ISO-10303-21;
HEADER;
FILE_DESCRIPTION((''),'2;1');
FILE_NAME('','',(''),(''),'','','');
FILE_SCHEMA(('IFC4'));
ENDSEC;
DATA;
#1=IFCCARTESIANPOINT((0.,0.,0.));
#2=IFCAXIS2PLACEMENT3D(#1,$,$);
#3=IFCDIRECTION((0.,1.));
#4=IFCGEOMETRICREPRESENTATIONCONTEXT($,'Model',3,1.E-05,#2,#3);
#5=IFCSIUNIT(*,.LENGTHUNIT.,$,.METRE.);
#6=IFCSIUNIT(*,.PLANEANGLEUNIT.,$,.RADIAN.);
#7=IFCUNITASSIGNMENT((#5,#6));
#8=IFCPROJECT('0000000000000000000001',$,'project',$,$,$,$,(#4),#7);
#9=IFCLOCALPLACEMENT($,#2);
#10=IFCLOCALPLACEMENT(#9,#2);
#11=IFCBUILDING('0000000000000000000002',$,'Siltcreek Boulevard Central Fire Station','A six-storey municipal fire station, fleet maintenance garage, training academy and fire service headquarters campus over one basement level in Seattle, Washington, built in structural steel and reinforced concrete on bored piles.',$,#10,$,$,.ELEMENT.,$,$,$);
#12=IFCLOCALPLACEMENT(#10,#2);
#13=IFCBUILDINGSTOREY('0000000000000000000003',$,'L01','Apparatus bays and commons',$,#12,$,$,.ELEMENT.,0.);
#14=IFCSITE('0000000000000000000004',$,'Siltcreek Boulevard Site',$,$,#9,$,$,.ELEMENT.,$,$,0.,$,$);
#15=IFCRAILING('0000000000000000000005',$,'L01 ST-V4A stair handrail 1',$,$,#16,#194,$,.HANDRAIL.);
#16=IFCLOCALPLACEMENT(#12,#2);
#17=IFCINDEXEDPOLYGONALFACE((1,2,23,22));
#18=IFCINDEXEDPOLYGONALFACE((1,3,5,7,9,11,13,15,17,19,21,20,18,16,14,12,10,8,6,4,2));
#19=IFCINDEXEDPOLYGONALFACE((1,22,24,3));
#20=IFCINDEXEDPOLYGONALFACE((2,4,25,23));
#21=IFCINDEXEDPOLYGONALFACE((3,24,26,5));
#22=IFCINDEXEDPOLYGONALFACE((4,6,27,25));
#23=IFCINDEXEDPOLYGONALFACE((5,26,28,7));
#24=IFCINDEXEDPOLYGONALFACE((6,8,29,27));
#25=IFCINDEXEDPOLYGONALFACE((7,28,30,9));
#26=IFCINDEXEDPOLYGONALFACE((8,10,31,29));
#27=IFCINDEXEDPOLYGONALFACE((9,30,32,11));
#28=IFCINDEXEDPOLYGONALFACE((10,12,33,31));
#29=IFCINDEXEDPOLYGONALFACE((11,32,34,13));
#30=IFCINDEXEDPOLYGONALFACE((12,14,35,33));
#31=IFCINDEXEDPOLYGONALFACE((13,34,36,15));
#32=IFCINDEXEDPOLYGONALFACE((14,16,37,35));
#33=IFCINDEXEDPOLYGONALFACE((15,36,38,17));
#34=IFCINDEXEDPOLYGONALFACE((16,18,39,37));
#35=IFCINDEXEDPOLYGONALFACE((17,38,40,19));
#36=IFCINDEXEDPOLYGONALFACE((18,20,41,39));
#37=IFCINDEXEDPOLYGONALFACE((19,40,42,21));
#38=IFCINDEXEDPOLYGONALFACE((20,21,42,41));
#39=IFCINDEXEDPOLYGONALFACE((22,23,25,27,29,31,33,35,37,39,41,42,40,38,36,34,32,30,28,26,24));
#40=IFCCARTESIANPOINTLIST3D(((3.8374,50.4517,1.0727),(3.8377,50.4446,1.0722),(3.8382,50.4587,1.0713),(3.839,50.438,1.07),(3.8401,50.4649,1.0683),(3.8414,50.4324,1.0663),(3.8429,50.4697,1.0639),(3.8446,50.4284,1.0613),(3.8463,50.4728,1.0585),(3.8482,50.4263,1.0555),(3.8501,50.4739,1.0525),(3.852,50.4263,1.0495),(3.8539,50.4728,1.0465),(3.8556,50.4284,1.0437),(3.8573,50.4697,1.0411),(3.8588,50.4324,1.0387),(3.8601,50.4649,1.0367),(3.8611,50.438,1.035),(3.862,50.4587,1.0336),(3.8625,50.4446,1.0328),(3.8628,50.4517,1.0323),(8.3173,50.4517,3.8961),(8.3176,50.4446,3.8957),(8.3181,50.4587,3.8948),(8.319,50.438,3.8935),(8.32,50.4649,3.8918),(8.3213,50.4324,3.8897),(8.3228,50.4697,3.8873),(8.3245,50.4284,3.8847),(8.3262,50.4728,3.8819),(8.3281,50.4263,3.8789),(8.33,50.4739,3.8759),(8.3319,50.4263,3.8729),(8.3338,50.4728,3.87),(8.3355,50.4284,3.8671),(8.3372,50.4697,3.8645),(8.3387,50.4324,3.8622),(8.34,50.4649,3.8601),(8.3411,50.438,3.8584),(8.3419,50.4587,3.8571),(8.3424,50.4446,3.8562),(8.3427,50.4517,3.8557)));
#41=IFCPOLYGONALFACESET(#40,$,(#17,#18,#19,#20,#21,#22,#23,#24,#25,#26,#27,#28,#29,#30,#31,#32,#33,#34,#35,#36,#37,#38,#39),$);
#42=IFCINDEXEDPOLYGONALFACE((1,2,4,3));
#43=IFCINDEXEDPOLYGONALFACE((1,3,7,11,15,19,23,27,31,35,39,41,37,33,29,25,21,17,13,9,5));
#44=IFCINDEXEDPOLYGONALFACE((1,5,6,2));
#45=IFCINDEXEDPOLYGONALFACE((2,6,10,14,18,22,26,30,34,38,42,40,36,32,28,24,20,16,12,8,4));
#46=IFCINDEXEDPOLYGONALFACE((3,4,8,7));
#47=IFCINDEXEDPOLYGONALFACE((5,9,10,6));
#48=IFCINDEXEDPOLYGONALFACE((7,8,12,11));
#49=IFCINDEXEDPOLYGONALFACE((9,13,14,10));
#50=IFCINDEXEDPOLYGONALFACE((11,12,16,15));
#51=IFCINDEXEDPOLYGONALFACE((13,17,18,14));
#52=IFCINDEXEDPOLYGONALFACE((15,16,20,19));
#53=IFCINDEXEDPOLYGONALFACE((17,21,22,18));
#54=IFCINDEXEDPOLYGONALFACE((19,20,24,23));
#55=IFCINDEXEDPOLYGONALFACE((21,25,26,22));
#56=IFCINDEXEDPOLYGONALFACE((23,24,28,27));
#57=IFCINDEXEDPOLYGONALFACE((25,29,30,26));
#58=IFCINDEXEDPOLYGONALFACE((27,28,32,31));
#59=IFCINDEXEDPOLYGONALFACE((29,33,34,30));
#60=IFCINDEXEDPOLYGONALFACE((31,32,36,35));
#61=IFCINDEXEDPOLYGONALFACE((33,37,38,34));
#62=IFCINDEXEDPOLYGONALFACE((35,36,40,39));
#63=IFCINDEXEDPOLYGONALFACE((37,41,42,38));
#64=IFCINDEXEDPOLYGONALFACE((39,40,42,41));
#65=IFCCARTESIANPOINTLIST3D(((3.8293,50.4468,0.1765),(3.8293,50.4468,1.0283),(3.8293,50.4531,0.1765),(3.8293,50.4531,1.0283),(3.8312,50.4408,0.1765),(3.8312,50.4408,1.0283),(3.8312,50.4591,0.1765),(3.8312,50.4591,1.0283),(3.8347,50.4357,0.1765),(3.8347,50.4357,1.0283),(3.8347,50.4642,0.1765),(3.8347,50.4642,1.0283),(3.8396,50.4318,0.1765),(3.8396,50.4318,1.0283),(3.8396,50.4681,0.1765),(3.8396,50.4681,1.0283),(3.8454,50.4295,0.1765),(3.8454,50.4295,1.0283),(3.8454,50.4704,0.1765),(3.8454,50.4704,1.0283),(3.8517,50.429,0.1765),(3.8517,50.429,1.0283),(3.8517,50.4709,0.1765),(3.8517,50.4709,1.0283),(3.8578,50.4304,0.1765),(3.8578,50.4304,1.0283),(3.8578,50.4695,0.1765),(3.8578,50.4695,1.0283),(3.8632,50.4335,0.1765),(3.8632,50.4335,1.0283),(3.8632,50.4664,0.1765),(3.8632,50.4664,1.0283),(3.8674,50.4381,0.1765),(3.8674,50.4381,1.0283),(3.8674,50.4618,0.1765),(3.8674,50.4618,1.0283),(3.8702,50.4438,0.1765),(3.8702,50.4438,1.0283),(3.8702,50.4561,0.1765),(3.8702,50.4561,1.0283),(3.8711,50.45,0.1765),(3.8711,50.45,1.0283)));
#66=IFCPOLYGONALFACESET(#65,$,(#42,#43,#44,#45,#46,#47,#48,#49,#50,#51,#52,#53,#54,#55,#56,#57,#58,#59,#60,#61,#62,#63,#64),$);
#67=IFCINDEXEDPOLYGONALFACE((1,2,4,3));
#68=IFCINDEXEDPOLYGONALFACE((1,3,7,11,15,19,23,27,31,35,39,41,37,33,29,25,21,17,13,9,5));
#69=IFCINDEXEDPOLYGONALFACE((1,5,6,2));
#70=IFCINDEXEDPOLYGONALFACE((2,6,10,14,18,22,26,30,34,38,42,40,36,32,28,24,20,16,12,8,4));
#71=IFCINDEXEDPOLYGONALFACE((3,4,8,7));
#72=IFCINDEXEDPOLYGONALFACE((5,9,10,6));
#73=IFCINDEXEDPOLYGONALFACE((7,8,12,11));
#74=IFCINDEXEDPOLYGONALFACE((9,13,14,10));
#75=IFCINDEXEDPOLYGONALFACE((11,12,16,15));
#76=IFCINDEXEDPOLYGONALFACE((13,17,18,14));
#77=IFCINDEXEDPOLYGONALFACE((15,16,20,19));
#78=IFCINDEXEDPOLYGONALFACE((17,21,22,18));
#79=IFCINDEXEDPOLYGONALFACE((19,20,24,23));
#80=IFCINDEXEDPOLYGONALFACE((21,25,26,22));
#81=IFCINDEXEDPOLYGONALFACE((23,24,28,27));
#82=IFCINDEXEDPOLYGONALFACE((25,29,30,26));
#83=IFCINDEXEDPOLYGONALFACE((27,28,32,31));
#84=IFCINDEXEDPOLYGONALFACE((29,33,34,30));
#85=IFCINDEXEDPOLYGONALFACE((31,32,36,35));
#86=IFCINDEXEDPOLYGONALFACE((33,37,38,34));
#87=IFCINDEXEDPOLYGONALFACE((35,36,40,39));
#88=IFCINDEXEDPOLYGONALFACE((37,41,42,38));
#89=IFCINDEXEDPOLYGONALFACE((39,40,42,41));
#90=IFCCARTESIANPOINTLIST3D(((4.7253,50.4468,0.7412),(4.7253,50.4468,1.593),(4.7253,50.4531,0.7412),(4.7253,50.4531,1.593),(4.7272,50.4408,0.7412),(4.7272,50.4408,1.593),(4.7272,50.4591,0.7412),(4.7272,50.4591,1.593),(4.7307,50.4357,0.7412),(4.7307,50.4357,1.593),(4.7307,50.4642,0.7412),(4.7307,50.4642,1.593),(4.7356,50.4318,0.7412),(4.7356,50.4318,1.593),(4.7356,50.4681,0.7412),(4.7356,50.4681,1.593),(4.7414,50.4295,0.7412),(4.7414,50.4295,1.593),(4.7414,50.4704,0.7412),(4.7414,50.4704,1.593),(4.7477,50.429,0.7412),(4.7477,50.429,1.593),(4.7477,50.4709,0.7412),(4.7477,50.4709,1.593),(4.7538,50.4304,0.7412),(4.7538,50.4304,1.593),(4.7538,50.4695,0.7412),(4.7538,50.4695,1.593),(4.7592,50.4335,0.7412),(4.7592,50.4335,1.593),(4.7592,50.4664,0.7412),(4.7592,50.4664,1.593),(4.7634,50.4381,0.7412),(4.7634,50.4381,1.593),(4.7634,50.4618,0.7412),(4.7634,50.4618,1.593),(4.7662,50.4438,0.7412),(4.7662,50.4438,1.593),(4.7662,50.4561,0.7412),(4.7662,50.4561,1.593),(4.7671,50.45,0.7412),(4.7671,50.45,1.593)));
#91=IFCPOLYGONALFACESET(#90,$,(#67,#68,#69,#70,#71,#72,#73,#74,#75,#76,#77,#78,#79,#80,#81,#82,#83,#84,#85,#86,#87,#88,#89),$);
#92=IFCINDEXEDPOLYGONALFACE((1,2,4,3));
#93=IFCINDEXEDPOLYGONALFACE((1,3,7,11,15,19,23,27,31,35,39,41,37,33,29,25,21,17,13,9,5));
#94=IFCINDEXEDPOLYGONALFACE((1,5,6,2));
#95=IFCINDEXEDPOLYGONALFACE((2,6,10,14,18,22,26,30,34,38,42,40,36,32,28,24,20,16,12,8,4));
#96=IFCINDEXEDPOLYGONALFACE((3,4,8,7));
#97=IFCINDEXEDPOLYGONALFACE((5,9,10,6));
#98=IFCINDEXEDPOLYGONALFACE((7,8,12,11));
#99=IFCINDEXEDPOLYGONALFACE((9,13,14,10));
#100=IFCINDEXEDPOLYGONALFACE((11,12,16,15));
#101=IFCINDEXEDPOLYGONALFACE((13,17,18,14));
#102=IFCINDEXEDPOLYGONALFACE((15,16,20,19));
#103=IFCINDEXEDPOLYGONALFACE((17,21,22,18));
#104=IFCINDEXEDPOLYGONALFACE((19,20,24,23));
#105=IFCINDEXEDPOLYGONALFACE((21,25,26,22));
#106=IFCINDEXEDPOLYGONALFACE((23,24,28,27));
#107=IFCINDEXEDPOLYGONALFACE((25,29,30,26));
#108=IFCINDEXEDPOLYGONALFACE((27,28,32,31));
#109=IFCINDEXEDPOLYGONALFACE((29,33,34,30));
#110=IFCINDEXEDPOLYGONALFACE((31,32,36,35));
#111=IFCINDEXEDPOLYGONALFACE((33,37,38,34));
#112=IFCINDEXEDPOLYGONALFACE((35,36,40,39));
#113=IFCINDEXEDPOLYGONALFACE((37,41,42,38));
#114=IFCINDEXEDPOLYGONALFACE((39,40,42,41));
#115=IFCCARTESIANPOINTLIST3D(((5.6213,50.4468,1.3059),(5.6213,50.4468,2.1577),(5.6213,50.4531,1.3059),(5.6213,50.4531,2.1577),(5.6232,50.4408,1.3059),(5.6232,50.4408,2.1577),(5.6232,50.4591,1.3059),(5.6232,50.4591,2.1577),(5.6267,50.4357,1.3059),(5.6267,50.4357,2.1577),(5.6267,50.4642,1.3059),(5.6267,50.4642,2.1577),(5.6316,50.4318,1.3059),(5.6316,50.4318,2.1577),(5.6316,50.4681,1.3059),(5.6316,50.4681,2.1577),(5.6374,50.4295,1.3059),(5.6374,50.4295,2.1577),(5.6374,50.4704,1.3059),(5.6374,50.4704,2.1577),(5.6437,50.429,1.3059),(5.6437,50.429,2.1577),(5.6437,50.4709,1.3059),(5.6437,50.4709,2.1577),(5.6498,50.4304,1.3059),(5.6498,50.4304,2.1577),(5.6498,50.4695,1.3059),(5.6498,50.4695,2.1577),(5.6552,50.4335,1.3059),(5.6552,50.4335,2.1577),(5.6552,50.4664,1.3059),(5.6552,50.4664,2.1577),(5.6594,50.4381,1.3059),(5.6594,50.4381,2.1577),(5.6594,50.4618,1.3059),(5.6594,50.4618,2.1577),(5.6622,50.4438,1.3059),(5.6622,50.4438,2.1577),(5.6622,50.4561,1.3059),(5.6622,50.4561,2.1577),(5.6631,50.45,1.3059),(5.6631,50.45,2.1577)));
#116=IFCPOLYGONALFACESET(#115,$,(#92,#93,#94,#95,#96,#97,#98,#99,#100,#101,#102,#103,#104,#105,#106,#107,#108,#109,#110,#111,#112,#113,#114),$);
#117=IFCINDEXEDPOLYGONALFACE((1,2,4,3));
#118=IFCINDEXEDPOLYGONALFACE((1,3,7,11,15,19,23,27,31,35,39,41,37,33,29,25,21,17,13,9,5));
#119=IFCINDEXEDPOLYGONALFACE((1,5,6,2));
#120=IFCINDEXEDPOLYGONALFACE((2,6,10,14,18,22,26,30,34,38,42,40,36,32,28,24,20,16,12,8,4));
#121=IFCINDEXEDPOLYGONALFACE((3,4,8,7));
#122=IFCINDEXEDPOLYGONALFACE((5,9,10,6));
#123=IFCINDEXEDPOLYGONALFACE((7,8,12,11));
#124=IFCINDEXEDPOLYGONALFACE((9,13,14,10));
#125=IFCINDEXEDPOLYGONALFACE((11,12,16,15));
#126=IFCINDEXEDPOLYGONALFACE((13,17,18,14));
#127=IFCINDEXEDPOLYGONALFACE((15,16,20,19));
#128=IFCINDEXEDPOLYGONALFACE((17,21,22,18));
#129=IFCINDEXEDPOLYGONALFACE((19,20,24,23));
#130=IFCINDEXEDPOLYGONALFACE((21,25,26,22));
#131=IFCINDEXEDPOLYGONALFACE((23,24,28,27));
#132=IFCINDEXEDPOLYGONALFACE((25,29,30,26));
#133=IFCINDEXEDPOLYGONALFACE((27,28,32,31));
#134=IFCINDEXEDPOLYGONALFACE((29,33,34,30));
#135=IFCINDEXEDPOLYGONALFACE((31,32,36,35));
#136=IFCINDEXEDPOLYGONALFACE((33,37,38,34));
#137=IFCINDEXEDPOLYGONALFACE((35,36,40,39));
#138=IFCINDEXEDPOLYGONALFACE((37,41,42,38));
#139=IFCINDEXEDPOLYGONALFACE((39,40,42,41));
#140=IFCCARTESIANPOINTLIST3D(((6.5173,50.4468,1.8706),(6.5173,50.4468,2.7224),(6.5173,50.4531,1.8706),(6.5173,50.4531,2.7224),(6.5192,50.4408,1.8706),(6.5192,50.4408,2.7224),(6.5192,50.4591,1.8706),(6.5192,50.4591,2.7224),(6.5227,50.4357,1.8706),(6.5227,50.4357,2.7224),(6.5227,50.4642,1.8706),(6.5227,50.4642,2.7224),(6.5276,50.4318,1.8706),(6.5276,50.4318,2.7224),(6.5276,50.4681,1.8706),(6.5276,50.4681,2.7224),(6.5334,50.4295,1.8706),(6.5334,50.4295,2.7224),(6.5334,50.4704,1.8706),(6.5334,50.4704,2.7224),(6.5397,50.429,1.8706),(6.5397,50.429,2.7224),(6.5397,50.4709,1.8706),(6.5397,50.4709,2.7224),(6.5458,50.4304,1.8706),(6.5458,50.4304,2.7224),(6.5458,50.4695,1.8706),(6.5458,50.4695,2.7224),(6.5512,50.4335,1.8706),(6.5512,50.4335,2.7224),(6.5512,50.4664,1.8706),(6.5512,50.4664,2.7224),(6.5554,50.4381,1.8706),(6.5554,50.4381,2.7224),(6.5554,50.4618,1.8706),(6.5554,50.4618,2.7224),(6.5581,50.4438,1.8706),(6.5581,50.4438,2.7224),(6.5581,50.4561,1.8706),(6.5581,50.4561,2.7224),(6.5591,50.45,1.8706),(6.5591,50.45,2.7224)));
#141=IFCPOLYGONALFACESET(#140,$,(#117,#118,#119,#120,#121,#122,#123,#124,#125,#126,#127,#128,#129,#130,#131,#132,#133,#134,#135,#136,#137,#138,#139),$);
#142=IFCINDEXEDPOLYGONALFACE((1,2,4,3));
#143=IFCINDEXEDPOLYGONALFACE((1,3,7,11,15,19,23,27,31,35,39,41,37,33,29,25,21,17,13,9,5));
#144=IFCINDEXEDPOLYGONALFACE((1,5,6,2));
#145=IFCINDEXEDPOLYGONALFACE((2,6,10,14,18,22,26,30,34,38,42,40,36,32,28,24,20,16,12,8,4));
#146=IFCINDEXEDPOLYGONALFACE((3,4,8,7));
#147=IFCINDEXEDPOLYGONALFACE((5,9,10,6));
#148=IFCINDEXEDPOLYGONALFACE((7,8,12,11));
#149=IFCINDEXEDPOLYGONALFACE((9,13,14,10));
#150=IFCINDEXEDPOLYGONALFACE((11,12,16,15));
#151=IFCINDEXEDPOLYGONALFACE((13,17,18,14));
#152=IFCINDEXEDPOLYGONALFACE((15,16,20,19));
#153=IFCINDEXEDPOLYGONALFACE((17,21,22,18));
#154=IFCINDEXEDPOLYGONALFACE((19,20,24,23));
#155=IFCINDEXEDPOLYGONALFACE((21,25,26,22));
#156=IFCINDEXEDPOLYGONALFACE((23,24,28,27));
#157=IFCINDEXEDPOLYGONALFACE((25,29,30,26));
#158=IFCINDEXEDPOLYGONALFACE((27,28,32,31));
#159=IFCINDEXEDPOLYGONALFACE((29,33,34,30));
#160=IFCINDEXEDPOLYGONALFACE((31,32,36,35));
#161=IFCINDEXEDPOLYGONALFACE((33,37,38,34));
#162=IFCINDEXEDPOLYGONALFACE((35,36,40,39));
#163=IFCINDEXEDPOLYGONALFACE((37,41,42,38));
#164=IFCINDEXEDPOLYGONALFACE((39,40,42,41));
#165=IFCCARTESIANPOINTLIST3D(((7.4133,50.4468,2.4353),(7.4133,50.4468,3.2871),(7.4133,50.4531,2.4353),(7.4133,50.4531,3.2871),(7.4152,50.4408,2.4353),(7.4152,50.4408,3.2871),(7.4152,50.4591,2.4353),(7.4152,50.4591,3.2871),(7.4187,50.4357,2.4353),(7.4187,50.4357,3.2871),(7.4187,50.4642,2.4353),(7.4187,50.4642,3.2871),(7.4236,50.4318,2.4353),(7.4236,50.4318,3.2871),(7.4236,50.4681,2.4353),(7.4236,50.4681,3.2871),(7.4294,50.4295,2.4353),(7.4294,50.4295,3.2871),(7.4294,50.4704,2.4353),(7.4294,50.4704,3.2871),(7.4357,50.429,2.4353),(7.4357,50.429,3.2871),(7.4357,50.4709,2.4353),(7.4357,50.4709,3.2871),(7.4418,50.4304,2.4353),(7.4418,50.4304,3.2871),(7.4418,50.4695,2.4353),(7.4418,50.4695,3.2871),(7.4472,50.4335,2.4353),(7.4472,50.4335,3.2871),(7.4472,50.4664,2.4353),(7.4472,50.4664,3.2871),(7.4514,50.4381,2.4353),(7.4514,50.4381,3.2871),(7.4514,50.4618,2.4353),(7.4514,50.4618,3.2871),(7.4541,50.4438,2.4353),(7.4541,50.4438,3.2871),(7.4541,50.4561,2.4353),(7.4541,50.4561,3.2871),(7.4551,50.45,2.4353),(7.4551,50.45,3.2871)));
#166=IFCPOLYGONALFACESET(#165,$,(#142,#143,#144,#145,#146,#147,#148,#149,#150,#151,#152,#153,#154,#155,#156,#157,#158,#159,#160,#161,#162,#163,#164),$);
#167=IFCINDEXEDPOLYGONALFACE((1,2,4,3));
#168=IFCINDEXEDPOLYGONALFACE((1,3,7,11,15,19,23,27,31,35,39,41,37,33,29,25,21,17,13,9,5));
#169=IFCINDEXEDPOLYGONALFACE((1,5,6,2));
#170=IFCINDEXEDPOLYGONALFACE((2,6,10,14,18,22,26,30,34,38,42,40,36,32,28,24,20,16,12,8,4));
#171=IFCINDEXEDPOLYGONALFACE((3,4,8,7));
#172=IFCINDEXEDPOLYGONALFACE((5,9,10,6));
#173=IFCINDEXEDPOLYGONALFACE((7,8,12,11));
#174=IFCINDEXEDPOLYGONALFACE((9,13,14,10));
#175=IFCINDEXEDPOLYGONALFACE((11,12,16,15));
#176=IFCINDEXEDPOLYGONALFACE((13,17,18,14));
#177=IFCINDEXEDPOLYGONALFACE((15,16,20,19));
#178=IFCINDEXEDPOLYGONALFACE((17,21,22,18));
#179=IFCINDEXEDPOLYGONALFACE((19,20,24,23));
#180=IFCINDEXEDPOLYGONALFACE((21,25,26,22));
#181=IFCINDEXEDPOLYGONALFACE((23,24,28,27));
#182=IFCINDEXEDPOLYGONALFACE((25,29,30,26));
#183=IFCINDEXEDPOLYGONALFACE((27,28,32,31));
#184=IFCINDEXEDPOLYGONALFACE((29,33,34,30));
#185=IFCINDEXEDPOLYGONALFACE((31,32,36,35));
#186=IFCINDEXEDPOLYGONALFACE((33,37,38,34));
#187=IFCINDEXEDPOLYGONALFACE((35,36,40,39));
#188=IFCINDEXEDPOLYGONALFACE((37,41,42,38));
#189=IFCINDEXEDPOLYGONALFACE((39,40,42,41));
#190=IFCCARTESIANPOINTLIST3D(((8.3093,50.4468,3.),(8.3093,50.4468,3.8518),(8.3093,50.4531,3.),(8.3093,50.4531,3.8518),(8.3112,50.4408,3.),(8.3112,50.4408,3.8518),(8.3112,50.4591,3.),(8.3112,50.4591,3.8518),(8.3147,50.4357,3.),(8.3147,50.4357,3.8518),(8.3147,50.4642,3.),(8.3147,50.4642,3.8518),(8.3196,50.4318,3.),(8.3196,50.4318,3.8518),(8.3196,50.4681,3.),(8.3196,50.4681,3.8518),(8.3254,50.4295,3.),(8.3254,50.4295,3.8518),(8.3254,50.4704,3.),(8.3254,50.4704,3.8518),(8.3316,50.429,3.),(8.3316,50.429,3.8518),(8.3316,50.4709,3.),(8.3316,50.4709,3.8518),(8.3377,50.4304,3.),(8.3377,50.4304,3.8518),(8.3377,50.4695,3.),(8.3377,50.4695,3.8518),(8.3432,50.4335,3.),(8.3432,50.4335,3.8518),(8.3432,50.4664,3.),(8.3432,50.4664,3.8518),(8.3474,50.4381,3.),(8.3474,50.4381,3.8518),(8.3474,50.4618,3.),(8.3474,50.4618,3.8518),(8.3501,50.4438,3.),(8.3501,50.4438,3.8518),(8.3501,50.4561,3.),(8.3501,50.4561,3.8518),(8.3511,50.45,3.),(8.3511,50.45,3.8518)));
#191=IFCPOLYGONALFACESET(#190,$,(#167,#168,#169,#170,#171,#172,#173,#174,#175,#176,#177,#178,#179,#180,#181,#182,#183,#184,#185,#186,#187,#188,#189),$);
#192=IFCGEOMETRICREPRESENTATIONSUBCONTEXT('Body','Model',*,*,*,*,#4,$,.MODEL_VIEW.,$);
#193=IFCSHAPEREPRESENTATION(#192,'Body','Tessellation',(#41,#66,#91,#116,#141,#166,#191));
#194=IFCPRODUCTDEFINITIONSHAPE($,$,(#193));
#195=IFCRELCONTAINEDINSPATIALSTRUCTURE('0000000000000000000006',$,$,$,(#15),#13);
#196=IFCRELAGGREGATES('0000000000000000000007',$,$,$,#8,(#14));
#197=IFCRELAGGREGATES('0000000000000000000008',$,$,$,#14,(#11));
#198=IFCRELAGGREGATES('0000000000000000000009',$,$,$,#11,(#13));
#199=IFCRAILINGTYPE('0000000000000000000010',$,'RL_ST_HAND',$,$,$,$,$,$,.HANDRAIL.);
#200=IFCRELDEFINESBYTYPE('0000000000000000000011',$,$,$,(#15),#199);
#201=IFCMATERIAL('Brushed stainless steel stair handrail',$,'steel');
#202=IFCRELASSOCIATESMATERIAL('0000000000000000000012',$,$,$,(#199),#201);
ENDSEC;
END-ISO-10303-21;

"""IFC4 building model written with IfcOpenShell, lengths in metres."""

from ifc_helpers import new_model, si_unit, direction, frame, origin, origin_2d, place, context, subcontext, project, spatial, circle, extrude, material, type_object, element, save


model = new_model("IFC4")

# Units and contexts
model_context = context("Model", 3, precision=1e-05, world=origin(), true_north=direction((0.0, 1.0)))
body_context = subcontext(model_context, "Body", "Model", "MODEL_VIEW")
ifc_project = project(units=[si_unit("LENGTHUNIT", "METRE"), si_unit("PLANEANGLEUNIT", "RADIAN")], contexts=[model_context])

# Site, building, storey
site_placement = place(None, origin())
site = spatial("IfcSite", under=ifc_project, at=site_placement, Name="Siltcreek Boulevard Site", CompositionType="ELEMENT", RefElevation=0.0)
building_placement = place(site_placement, origin())
building = spatial("IfcBuilding", under=site, at=building_placement, Name="Siltcreek Boulevard Central Fire Station", Description="A six-storey municipal fire station, fleet maintenance garage, training academy and fire service headquarters campus over one basement level in Seattle, Washington, built in structural steel and reinforced concrete on bored piles.", CompositionType="ELEMENT")
storey_placement = place(building_placement, origin())
storey = spatial("IfcBuildingStorey", under=building, at=storey_placement, Name="L01", Description="Apparatus bays and commons", CompositionType="ELEMENT", Elevation=0.0)

# Railing
ifc_material_1 = material(Name="Brushed stainless steel stair handrail", Category="steel")
railing_type = type_object("IfcRailingType", Name="RL_ST_HAND", PredefinedType="HANDRAIL", material=ifc_material_1)
railing_placement = place(storey_placement, frame((3.8501, 50.45, 0.1765)))
element("IfcRailing", 1, at=railing_placement, inside=storey, type_object=railing_type, Name="L01 ST-V4A stair handrail 1", PredefinedType="HANDRAIL", context=body_context, shape_type="SweptSolid", body=[
    extrude(circle(Radius=0.0239, at=origin_2d()), frame((0.0, 0.0, 0.876), z_axis=(0.845998, 0.0, 0.533186), x_axis=(0.0, 1.0, 0.0)), (0.0, 0.0, 1.0), 5.2954),
    extrude(circle(Radius=0.021, at=origin_2d()), origin(), (0.0, 0.0, 1.0), 0.8518),
    extrude(circle(Radius=0.021, at=origin_2d()), frame((0.896, 0.0, 0.5647)), (0.0, 0.0, 1.0), 0.8518),
    extrude(circle(Radius=0.021, at=origin_2d()), frame((1.792, 0.0, 1.1294)), (0.0, 0.0, 1.0), 0.8518),
    extrude(circle(Radius=0.021, at=origin_2d()), frame((2.688, 0.0, 1.6941)), (0.0, 0.0, 1.0), 0.8518),
    extrude(circle(Radius=0.021, at=origin_2d()), frame((3.584, 0.0, 2.2588)), (0.0, 0.0, 1.0), 0.8518),
    extrude(circle(Radius=0.021, at=origin_2d()), frame((4.48, 0.0, 2.8235)), (0.0, 0.0, 1.0), 0.8518),
])

save(model, "model.ifc")
